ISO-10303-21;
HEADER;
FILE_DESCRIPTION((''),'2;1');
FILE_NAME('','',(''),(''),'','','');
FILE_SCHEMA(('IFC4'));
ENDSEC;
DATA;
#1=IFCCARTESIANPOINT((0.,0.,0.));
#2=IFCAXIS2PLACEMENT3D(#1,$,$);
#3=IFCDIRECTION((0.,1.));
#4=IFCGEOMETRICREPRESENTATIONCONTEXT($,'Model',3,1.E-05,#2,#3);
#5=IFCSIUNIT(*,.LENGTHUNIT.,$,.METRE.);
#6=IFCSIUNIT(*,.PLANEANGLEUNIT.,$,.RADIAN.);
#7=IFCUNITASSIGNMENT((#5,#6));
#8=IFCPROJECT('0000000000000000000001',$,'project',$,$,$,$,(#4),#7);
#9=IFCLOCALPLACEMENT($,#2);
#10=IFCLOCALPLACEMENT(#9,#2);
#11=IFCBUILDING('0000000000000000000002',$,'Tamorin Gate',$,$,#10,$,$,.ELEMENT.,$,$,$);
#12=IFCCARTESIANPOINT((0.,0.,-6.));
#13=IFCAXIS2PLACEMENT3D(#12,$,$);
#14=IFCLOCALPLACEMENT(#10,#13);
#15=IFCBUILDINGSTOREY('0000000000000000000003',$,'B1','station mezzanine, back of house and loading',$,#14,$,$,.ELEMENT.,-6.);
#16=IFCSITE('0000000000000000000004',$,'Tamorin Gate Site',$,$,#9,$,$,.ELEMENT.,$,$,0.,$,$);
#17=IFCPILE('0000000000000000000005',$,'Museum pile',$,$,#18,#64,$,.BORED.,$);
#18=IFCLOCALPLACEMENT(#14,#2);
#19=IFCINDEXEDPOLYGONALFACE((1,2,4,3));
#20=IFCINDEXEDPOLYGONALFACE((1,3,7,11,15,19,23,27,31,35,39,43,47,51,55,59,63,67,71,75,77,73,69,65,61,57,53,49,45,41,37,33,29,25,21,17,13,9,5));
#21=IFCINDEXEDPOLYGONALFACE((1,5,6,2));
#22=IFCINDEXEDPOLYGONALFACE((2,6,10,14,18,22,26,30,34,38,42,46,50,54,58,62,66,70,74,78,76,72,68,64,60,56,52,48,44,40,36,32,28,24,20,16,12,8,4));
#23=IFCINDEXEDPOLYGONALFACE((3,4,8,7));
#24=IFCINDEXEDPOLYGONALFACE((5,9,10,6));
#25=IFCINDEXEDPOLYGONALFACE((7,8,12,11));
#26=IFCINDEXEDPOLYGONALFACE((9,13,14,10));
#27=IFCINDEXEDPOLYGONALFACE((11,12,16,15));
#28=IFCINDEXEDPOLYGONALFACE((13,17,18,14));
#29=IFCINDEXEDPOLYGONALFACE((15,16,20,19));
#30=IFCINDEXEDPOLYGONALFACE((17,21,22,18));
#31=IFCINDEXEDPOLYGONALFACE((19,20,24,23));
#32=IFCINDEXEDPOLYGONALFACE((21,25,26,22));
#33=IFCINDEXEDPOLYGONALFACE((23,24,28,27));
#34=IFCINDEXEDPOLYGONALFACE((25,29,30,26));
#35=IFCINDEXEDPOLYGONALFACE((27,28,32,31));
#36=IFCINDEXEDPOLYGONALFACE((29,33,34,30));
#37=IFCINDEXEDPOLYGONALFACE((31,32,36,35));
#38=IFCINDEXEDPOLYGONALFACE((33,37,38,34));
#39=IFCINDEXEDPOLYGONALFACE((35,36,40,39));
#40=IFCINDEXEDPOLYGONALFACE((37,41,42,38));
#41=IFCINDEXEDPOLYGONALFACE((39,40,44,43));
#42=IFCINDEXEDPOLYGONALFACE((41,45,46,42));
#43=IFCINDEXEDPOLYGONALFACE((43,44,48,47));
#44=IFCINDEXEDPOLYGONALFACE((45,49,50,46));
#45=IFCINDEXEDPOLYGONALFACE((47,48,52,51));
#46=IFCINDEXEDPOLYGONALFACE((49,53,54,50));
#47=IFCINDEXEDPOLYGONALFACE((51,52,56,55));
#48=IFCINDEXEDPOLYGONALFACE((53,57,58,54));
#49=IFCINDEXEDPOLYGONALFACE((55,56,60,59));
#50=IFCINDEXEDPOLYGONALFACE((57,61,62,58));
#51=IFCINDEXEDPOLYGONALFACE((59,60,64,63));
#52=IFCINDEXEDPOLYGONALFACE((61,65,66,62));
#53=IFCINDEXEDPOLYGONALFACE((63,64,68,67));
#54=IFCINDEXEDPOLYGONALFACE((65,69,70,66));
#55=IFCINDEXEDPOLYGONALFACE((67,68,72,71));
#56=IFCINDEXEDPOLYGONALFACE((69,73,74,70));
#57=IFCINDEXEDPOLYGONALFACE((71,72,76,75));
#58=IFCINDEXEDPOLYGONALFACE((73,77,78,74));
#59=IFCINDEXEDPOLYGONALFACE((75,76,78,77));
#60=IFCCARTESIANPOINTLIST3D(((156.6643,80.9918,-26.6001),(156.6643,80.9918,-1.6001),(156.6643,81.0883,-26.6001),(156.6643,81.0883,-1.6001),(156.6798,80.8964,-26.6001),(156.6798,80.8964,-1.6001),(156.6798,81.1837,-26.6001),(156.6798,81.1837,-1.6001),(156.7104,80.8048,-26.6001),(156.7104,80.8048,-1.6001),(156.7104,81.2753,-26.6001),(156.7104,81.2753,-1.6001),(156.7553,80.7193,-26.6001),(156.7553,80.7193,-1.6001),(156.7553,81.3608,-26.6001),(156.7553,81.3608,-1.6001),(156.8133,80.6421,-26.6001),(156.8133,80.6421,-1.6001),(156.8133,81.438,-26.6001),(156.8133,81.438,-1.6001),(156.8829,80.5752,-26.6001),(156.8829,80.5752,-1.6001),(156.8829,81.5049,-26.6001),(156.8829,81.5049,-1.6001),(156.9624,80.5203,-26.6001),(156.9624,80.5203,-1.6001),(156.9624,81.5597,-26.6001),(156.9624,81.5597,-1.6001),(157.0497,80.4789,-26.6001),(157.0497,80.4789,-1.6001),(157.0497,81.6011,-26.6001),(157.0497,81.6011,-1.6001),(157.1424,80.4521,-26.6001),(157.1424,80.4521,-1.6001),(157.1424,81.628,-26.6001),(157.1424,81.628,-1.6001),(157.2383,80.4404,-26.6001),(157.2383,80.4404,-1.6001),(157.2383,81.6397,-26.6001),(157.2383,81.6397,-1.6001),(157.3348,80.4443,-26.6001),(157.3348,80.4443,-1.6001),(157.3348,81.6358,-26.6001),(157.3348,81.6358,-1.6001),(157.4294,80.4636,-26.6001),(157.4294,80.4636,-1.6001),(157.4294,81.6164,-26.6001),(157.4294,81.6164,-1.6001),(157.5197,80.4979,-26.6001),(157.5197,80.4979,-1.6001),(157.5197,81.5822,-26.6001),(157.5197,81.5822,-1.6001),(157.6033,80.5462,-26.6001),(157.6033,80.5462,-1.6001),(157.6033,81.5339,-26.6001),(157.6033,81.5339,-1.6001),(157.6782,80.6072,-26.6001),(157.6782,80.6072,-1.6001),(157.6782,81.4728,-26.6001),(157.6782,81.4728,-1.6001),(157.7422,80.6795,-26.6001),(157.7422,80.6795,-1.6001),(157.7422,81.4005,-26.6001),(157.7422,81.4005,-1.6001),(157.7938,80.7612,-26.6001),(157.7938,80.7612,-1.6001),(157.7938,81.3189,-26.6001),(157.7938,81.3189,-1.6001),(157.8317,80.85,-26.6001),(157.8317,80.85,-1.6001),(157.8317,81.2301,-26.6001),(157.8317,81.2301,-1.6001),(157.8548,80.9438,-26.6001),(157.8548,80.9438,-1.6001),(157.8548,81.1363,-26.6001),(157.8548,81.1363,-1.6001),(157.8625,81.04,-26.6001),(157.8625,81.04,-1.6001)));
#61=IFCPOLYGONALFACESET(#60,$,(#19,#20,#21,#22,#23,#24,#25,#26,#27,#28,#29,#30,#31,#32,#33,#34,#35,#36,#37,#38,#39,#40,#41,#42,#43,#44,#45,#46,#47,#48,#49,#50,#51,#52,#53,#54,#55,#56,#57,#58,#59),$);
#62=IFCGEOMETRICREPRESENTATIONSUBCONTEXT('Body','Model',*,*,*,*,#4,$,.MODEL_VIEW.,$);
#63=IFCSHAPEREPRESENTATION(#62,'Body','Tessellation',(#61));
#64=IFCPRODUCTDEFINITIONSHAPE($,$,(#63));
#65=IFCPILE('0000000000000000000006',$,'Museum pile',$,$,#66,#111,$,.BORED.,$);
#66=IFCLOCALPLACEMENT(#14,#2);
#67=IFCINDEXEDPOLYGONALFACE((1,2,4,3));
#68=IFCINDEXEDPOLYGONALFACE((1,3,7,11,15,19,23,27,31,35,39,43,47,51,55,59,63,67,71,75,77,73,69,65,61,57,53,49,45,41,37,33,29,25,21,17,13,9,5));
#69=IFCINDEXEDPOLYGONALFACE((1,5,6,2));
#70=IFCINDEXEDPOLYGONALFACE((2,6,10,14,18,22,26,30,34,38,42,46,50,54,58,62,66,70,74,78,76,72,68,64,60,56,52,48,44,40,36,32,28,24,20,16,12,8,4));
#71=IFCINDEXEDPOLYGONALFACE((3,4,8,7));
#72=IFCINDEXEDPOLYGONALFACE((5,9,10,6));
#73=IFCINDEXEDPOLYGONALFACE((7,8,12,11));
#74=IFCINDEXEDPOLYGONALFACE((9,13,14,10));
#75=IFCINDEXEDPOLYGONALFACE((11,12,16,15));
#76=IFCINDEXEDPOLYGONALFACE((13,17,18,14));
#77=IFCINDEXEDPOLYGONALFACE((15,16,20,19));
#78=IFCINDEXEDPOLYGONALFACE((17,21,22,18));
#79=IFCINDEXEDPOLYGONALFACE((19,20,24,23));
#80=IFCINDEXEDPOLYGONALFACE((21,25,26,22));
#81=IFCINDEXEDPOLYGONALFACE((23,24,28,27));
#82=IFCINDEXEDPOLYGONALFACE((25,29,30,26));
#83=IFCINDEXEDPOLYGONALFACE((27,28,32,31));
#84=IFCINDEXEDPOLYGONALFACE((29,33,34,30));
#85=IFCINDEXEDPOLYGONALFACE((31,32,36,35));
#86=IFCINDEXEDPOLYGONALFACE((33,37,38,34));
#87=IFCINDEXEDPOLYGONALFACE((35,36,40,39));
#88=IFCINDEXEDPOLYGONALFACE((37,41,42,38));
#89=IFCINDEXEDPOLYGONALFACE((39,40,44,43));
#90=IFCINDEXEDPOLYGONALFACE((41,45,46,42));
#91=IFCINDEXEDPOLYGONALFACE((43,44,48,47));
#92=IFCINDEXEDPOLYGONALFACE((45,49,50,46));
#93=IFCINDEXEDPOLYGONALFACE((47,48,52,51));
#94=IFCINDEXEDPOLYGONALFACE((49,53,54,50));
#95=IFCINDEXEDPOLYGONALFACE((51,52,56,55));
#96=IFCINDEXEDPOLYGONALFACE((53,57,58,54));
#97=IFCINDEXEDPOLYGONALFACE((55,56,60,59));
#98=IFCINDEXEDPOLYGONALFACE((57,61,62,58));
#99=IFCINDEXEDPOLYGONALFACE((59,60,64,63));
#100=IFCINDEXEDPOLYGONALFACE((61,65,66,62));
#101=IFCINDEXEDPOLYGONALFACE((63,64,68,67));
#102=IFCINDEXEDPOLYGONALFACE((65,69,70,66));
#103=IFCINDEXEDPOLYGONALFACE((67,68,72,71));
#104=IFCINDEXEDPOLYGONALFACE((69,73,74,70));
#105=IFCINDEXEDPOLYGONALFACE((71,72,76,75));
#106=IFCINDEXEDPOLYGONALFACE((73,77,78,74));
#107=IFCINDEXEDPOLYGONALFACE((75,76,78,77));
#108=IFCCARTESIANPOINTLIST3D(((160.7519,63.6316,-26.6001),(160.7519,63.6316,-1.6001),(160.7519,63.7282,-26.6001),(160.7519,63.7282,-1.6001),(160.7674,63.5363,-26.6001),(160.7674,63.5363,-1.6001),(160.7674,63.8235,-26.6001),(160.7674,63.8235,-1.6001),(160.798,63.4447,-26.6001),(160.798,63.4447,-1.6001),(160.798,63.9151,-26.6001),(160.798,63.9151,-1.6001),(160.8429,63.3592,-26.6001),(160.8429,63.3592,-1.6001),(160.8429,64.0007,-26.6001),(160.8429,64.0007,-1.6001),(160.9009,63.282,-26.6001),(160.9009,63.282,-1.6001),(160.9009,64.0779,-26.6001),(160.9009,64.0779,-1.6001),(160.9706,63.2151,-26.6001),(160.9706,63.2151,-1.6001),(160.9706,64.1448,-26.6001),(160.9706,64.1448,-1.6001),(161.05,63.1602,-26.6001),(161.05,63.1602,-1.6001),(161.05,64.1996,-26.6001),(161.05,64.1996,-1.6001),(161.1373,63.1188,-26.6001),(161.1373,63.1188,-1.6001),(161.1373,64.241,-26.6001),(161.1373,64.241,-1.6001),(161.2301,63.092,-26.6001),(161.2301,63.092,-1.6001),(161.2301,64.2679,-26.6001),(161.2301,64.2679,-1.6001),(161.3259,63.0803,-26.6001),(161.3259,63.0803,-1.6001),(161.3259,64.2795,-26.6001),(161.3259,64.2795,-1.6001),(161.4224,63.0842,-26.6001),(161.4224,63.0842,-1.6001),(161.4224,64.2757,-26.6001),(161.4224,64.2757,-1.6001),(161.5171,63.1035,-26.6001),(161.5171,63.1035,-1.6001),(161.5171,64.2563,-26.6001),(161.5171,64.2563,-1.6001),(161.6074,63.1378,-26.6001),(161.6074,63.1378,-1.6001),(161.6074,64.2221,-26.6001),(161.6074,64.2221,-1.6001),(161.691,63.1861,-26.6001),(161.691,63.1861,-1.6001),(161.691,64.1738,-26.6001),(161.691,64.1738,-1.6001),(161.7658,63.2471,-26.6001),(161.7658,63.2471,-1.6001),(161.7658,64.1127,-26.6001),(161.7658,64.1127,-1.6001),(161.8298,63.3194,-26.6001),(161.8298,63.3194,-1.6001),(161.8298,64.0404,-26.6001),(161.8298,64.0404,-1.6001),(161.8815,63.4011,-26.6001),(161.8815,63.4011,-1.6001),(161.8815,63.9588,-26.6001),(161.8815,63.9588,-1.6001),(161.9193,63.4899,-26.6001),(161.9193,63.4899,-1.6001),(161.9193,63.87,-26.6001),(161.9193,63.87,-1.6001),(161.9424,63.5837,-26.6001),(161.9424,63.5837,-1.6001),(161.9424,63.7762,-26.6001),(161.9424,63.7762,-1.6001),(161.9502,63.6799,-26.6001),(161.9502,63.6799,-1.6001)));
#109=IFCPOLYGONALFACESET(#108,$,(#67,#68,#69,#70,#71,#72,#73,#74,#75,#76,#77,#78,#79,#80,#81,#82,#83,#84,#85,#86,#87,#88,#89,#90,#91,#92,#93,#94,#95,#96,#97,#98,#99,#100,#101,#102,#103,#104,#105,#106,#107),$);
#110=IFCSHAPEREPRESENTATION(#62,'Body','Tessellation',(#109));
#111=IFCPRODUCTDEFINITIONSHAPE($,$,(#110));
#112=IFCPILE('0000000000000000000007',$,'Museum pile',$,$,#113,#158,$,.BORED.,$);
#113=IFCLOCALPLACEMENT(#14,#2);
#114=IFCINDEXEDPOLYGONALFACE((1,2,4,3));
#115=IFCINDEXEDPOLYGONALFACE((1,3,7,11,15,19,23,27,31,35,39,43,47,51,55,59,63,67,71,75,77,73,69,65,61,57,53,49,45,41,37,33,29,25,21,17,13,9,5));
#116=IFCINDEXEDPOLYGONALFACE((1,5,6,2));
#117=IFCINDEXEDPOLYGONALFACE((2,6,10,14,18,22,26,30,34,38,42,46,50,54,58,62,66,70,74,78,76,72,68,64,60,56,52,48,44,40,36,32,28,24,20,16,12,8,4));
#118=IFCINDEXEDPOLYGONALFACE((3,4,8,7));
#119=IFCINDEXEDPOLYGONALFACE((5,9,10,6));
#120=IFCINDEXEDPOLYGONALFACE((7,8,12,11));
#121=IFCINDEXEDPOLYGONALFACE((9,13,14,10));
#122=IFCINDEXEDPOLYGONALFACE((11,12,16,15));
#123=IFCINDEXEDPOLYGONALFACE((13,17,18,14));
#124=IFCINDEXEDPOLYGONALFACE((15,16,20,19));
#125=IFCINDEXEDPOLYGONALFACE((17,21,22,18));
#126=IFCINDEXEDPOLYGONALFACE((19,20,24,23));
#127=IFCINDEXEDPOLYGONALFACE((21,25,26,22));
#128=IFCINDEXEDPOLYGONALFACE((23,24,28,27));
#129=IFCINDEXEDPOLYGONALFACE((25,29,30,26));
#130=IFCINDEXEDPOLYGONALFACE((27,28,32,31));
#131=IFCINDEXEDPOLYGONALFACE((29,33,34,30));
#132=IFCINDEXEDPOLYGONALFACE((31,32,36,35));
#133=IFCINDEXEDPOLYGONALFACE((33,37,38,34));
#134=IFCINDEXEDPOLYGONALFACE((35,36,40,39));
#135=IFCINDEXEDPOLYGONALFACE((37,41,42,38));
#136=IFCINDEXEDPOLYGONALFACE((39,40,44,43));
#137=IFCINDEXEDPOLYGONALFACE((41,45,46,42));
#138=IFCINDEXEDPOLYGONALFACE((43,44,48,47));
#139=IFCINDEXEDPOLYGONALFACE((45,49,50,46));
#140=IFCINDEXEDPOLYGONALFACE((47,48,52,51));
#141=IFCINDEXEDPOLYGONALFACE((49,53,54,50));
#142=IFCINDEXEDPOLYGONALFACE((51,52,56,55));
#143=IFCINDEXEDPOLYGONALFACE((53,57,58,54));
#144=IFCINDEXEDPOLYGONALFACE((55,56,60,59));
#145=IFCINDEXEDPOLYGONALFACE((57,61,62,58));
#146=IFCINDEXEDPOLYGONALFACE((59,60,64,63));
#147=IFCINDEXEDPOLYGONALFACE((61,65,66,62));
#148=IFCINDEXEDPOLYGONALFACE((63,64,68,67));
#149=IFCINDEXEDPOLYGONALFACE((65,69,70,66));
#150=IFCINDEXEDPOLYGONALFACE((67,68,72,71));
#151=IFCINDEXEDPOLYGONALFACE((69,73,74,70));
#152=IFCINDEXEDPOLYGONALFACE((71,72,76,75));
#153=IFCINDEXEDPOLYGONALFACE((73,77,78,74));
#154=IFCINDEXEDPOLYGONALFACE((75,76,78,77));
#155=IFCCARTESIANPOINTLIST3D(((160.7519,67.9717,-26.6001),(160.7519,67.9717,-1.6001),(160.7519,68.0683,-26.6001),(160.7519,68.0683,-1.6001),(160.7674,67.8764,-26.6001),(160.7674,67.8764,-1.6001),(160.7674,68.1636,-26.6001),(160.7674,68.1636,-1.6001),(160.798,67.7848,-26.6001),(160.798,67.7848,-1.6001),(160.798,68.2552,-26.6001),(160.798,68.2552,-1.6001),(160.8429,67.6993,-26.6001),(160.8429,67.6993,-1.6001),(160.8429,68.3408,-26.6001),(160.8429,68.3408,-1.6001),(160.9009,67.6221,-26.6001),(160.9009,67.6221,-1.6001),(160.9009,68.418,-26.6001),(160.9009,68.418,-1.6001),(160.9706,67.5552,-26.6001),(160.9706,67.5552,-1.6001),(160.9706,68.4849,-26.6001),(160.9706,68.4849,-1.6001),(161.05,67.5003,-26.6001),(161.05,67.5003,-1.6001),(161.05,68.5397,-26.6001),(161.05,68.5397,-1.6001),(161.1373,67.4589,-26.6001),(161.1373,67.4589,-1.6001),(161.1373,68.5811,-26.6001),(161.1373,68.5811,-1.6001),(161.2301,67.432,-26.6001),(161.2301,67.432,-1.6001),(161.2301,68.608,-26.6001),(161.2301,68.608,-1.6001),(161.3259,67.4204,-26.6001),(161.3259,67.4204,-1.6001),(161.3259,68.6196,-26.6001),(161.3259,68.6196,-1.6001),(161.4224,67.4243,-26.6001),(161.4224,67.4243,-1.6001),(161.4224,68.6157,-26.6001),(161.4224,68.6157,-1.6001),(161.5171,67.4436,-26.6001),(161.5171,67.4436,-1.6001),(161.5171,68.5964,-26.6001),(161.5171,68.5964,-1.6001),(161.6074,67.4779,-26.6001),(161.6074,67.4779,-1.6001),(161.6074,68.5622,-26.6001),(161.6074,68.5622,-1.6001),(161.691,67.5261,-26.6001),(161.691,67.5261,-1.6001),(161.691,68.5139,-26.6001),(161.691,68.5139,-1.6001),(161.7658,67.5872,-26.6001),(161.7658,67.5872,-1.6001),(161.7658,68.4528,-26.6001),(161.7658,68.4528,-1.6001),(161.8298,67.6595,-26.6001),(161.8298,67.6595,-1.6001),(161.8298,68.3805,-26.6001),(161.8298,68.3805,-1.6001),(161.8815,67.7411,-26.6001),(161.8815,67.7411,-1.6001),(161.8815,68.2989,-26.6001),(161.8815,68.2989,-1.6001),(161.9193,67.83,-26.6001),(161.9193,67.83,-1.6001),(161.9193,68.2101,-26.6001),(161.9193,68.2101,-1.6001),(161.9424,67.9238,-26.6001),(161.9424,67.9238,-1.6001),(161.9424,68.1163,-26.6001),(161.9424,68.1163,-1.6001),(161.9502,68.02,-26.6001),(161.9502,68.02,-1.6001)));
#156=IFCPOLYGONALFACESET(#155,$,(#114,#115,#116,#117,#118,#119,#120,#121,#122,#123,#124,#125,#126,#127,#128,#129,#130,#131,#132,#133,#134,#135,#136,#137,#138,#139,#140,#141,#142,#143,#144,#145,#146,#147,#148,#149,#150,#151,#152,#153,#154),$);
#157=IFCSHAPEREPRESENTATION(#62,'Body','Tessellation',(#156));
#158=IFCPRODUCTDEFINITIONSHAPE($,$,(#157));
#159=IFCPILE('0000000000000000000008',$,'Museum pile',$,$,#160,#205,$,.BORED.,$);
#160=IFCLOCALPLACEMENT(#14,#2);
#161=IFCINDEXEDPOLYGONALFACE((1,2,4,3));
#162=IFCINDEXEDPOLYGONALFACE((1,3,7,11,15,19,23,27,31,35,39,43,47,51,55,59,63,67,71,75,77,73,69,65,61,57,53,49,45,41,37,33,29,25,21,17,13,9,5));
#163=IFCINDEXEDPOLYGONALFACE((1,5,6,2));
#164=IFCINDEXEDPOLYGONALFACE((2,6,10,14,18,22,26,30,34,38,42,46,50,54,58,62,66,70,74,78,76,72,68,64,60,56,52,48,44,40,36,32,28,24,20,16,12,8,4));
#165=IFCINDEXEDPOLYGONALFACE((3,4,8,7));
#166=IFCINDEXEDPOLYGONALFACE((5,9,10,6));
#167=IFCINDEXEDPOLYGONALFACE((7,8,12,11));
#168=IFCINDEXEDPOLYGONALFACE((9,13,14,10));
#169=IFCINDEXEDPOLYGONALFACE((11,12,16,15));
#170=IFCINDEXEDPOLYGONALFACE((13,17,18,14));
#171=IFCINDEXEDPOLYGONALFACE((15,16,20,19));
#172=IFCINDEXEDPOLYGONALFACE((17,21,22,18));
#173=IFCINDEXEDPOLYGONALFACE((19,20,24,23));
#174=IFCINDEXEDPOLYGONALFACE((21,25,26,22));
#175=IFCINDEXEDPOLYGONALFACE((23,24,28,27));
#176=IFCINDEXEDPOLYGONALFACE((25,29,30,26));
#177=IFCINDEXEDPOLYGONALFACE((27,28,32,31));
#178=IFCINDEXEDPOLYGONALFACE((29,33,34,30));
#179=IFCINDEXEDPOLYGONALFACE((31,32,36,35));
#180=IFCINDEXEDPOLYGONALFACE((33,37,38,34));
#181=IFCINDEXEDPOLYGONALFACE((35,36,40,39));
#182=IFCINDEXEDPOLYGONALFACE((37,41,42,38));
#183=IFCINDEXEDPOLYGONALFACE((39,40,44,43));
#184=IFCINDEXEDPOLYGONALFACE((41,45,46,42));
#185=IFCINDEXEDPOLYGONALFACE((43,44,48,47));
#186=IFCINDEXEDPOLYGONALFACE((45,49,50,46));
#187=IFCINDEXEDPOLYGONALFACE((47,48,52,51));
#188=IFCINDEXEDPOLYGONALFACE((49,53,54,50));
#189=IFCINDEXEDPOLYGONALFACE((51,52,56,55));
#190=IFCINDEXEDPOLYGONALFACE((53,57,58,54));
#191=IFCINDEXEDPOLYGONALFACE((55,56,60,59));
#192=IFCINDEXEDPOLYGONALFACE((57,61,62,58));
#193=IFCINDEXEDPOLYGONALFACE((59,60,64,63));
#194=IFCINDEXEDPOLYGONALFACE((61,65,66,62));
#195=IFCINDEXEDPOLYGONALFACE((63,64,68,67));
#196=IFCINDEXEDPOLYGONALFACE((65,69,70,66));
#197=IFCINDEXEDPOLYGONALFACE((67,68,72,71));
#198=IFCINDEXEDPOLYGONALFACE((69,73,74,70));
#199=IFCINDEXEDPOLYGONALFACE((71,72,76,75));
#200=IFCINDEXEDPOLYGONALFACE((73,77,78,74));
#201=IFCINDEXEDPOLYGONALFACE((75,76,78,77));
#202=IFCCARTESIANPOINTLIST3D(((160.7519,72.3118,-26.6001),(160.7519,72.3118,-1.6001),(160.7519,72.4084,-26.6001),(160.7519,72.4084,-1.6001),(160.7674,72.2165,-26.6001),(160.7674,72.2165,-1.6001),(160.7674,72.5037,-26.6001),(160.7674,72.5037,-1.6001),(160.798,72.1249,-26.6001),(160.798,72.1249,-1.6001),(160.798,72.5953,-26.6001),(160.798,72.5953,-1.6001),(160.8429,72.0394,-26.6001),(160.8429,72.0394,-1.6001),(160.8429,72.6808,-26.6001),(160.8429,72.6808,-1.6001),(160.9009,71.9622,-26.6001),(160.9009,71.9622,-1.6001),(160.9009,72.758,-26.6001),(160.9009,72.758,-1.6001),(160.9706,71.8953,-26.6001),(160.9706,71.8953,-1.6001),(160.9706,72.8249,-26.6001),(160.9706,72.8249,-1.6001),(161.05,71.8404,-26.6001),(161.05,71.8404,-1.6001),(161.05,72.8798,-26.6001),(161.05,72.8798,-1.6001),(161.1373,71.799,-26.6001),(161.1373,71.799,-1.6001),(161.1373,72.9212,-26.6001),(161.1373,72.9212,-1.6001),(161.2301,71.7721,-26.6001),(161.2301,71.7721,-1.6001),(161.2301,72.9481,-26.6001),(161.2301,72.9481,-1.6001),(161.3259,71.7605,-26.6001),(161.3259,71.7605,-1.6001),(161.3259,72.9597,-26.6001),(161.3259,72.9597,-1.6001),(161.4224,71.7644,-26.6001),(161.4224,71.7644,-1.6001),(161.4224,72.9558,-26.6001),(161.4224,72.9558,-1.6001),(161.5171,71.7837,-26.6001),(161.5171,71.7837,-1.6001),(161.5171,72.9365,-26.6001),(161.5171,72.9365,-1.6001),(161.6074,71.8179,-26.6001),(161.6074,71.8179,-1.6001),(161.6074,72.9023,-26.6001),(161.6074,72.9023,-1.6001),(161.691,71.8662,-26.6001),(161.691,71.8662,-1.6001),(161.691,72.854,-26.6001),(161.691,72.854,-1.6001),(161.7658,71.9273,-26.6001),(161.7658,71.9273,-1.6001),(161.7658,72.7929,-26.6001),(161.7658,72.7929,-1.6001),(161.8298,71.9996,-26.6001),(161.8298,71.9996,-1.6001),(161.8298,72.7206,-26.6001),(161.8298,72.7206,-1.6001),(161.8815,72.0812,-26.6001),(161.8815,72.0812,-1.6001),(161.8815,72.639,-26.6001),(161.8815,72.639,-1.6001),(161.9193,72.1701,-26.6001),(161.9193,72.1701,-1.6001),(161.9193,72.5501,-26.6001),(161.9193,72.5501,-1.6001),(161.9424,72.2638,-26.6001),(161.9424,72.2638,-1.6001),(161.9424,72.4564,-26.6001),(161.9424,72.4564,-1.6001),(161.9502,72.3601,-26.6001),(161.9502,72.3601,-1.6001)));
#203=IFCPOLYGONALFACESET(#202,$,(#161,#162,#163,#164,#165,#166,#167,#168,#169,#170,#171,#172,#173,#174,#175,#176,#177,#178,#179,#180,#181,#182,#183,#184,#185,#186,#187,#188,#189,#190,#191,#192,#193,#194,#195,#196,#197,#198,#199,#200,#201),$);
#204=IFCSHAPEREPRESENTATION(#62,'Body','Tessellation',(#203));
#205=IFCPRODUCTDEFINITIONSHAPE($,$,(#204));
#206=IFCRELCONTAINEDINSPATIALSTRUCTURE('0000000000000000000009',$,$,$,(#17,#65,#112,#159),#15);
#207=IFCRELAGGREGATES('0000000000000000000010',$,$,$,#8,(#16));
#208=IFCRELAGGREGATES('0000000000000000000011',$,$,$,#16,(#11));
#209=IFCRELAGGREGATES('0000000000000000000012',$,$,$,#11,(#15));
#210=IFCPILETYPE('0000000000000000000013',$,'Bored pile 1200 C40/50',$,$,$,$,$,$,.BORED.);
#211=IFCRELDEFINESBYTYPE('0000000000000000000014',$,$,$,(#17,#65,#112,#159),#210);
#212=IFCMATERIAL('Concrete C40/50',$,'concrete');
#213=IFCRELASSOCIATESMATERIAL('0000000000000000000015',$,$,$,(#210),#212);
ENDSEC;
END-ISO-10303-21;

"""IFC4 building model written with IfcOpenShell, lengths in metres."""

from ifc_helpers import new_model, si_unit, direction, frame, origin, origin_2d, place, context, subcontext, project, spatial, circle, extrude, material, material_profile, profile_set, type_object, element, save


model = new_model("IFC4")

# Units and contexts
model_context = context("Model", 3, precision=1e-05, world=origin(), true_north=direction((0.0, 1.0)))
body_context = subcontext(model_context, "Body", "Model", "MODEL_VIEW")
ifc_project = project(units=[si_unit("LENGTHUNIT", "METRE"), si_unit("PLANEANGLEUNIT", "RADIAN")], contexts=[model_context])

# Site, building, storey
site_placement = place(None, origin())
site = spatial("IfcSite", under=ifc_project, at=site_placement, Name="Tamorin Gate Site", CompositionType="ELEMENT", RefElevation=0.0)
building_placement = place(site_placement, origin())
building = spatial("IfcBuilding", under=site, at=building_placement, Name="Tamorin Gate", CompositionType="ELEMENT")
storey_placement = place(building_placement, frame((0.0, 0.0, -6.0)))
storey = spatial("IfcBuildingStorey", under=building, at=storey_placement, Name="B1", Description="station mezzanine, back of house and loading", CompositionType="ELEMENT", Elevation=-6.0)

# Piles
ifc_material_1 = material(Name="Concrete C40/50", Category="concrete")
ifc_material_profile_1 = material_profile(ifc_material_1, circle(Radius=0.6001, at=origin_2d()))
ifc_profile_set_1 = profile_set([ifc_material_profile_1], Name="Concrete C40/50")
pile_type = type_object("IfcPileType", Name="Bored pile 1200 C40/50", PredefinedType="BORED", material=ifc_profile_set_1)
for number, where, z_axis, x_axis, name in (
    (1, (157.2625, 81.04, -1.6001), (0.0, 0.0, -1.0), (1.0, 0.0, 0.0), "Museum pile"),
    (2, (161.3501, 63.6799, -1.6001), (0.0, 0.0, -1.0), (1.0, 0.0, 0.0), "Museum pile"),
    (3, (161.3501, 68.02, -1.6001), (0.0, 0.0, -1.0), (1.0, 0.0, 0.0), "Museum pile"),
    (4, (161.3501, 72.3601, -1.6001), (0.0, 0.0, -1.0), (1.0, 0.0, 0.0), "Museum pile"),
):
    element("IfcPile", number, at=place(storey_placement, frame(where, z_axis=z_axis, x_axis=x_axis)), inside=storey, type_object=pile_type, Name=name, PredefinedType="BORED", context=body_context, shape_type="SweptSolid", body=[
        extrude(circle(Radius=0.6001, at=origin_2d()), origin(), (0.0, 0.0, 1.0), 25.0),
    ])

save(model, "model.ifc")
